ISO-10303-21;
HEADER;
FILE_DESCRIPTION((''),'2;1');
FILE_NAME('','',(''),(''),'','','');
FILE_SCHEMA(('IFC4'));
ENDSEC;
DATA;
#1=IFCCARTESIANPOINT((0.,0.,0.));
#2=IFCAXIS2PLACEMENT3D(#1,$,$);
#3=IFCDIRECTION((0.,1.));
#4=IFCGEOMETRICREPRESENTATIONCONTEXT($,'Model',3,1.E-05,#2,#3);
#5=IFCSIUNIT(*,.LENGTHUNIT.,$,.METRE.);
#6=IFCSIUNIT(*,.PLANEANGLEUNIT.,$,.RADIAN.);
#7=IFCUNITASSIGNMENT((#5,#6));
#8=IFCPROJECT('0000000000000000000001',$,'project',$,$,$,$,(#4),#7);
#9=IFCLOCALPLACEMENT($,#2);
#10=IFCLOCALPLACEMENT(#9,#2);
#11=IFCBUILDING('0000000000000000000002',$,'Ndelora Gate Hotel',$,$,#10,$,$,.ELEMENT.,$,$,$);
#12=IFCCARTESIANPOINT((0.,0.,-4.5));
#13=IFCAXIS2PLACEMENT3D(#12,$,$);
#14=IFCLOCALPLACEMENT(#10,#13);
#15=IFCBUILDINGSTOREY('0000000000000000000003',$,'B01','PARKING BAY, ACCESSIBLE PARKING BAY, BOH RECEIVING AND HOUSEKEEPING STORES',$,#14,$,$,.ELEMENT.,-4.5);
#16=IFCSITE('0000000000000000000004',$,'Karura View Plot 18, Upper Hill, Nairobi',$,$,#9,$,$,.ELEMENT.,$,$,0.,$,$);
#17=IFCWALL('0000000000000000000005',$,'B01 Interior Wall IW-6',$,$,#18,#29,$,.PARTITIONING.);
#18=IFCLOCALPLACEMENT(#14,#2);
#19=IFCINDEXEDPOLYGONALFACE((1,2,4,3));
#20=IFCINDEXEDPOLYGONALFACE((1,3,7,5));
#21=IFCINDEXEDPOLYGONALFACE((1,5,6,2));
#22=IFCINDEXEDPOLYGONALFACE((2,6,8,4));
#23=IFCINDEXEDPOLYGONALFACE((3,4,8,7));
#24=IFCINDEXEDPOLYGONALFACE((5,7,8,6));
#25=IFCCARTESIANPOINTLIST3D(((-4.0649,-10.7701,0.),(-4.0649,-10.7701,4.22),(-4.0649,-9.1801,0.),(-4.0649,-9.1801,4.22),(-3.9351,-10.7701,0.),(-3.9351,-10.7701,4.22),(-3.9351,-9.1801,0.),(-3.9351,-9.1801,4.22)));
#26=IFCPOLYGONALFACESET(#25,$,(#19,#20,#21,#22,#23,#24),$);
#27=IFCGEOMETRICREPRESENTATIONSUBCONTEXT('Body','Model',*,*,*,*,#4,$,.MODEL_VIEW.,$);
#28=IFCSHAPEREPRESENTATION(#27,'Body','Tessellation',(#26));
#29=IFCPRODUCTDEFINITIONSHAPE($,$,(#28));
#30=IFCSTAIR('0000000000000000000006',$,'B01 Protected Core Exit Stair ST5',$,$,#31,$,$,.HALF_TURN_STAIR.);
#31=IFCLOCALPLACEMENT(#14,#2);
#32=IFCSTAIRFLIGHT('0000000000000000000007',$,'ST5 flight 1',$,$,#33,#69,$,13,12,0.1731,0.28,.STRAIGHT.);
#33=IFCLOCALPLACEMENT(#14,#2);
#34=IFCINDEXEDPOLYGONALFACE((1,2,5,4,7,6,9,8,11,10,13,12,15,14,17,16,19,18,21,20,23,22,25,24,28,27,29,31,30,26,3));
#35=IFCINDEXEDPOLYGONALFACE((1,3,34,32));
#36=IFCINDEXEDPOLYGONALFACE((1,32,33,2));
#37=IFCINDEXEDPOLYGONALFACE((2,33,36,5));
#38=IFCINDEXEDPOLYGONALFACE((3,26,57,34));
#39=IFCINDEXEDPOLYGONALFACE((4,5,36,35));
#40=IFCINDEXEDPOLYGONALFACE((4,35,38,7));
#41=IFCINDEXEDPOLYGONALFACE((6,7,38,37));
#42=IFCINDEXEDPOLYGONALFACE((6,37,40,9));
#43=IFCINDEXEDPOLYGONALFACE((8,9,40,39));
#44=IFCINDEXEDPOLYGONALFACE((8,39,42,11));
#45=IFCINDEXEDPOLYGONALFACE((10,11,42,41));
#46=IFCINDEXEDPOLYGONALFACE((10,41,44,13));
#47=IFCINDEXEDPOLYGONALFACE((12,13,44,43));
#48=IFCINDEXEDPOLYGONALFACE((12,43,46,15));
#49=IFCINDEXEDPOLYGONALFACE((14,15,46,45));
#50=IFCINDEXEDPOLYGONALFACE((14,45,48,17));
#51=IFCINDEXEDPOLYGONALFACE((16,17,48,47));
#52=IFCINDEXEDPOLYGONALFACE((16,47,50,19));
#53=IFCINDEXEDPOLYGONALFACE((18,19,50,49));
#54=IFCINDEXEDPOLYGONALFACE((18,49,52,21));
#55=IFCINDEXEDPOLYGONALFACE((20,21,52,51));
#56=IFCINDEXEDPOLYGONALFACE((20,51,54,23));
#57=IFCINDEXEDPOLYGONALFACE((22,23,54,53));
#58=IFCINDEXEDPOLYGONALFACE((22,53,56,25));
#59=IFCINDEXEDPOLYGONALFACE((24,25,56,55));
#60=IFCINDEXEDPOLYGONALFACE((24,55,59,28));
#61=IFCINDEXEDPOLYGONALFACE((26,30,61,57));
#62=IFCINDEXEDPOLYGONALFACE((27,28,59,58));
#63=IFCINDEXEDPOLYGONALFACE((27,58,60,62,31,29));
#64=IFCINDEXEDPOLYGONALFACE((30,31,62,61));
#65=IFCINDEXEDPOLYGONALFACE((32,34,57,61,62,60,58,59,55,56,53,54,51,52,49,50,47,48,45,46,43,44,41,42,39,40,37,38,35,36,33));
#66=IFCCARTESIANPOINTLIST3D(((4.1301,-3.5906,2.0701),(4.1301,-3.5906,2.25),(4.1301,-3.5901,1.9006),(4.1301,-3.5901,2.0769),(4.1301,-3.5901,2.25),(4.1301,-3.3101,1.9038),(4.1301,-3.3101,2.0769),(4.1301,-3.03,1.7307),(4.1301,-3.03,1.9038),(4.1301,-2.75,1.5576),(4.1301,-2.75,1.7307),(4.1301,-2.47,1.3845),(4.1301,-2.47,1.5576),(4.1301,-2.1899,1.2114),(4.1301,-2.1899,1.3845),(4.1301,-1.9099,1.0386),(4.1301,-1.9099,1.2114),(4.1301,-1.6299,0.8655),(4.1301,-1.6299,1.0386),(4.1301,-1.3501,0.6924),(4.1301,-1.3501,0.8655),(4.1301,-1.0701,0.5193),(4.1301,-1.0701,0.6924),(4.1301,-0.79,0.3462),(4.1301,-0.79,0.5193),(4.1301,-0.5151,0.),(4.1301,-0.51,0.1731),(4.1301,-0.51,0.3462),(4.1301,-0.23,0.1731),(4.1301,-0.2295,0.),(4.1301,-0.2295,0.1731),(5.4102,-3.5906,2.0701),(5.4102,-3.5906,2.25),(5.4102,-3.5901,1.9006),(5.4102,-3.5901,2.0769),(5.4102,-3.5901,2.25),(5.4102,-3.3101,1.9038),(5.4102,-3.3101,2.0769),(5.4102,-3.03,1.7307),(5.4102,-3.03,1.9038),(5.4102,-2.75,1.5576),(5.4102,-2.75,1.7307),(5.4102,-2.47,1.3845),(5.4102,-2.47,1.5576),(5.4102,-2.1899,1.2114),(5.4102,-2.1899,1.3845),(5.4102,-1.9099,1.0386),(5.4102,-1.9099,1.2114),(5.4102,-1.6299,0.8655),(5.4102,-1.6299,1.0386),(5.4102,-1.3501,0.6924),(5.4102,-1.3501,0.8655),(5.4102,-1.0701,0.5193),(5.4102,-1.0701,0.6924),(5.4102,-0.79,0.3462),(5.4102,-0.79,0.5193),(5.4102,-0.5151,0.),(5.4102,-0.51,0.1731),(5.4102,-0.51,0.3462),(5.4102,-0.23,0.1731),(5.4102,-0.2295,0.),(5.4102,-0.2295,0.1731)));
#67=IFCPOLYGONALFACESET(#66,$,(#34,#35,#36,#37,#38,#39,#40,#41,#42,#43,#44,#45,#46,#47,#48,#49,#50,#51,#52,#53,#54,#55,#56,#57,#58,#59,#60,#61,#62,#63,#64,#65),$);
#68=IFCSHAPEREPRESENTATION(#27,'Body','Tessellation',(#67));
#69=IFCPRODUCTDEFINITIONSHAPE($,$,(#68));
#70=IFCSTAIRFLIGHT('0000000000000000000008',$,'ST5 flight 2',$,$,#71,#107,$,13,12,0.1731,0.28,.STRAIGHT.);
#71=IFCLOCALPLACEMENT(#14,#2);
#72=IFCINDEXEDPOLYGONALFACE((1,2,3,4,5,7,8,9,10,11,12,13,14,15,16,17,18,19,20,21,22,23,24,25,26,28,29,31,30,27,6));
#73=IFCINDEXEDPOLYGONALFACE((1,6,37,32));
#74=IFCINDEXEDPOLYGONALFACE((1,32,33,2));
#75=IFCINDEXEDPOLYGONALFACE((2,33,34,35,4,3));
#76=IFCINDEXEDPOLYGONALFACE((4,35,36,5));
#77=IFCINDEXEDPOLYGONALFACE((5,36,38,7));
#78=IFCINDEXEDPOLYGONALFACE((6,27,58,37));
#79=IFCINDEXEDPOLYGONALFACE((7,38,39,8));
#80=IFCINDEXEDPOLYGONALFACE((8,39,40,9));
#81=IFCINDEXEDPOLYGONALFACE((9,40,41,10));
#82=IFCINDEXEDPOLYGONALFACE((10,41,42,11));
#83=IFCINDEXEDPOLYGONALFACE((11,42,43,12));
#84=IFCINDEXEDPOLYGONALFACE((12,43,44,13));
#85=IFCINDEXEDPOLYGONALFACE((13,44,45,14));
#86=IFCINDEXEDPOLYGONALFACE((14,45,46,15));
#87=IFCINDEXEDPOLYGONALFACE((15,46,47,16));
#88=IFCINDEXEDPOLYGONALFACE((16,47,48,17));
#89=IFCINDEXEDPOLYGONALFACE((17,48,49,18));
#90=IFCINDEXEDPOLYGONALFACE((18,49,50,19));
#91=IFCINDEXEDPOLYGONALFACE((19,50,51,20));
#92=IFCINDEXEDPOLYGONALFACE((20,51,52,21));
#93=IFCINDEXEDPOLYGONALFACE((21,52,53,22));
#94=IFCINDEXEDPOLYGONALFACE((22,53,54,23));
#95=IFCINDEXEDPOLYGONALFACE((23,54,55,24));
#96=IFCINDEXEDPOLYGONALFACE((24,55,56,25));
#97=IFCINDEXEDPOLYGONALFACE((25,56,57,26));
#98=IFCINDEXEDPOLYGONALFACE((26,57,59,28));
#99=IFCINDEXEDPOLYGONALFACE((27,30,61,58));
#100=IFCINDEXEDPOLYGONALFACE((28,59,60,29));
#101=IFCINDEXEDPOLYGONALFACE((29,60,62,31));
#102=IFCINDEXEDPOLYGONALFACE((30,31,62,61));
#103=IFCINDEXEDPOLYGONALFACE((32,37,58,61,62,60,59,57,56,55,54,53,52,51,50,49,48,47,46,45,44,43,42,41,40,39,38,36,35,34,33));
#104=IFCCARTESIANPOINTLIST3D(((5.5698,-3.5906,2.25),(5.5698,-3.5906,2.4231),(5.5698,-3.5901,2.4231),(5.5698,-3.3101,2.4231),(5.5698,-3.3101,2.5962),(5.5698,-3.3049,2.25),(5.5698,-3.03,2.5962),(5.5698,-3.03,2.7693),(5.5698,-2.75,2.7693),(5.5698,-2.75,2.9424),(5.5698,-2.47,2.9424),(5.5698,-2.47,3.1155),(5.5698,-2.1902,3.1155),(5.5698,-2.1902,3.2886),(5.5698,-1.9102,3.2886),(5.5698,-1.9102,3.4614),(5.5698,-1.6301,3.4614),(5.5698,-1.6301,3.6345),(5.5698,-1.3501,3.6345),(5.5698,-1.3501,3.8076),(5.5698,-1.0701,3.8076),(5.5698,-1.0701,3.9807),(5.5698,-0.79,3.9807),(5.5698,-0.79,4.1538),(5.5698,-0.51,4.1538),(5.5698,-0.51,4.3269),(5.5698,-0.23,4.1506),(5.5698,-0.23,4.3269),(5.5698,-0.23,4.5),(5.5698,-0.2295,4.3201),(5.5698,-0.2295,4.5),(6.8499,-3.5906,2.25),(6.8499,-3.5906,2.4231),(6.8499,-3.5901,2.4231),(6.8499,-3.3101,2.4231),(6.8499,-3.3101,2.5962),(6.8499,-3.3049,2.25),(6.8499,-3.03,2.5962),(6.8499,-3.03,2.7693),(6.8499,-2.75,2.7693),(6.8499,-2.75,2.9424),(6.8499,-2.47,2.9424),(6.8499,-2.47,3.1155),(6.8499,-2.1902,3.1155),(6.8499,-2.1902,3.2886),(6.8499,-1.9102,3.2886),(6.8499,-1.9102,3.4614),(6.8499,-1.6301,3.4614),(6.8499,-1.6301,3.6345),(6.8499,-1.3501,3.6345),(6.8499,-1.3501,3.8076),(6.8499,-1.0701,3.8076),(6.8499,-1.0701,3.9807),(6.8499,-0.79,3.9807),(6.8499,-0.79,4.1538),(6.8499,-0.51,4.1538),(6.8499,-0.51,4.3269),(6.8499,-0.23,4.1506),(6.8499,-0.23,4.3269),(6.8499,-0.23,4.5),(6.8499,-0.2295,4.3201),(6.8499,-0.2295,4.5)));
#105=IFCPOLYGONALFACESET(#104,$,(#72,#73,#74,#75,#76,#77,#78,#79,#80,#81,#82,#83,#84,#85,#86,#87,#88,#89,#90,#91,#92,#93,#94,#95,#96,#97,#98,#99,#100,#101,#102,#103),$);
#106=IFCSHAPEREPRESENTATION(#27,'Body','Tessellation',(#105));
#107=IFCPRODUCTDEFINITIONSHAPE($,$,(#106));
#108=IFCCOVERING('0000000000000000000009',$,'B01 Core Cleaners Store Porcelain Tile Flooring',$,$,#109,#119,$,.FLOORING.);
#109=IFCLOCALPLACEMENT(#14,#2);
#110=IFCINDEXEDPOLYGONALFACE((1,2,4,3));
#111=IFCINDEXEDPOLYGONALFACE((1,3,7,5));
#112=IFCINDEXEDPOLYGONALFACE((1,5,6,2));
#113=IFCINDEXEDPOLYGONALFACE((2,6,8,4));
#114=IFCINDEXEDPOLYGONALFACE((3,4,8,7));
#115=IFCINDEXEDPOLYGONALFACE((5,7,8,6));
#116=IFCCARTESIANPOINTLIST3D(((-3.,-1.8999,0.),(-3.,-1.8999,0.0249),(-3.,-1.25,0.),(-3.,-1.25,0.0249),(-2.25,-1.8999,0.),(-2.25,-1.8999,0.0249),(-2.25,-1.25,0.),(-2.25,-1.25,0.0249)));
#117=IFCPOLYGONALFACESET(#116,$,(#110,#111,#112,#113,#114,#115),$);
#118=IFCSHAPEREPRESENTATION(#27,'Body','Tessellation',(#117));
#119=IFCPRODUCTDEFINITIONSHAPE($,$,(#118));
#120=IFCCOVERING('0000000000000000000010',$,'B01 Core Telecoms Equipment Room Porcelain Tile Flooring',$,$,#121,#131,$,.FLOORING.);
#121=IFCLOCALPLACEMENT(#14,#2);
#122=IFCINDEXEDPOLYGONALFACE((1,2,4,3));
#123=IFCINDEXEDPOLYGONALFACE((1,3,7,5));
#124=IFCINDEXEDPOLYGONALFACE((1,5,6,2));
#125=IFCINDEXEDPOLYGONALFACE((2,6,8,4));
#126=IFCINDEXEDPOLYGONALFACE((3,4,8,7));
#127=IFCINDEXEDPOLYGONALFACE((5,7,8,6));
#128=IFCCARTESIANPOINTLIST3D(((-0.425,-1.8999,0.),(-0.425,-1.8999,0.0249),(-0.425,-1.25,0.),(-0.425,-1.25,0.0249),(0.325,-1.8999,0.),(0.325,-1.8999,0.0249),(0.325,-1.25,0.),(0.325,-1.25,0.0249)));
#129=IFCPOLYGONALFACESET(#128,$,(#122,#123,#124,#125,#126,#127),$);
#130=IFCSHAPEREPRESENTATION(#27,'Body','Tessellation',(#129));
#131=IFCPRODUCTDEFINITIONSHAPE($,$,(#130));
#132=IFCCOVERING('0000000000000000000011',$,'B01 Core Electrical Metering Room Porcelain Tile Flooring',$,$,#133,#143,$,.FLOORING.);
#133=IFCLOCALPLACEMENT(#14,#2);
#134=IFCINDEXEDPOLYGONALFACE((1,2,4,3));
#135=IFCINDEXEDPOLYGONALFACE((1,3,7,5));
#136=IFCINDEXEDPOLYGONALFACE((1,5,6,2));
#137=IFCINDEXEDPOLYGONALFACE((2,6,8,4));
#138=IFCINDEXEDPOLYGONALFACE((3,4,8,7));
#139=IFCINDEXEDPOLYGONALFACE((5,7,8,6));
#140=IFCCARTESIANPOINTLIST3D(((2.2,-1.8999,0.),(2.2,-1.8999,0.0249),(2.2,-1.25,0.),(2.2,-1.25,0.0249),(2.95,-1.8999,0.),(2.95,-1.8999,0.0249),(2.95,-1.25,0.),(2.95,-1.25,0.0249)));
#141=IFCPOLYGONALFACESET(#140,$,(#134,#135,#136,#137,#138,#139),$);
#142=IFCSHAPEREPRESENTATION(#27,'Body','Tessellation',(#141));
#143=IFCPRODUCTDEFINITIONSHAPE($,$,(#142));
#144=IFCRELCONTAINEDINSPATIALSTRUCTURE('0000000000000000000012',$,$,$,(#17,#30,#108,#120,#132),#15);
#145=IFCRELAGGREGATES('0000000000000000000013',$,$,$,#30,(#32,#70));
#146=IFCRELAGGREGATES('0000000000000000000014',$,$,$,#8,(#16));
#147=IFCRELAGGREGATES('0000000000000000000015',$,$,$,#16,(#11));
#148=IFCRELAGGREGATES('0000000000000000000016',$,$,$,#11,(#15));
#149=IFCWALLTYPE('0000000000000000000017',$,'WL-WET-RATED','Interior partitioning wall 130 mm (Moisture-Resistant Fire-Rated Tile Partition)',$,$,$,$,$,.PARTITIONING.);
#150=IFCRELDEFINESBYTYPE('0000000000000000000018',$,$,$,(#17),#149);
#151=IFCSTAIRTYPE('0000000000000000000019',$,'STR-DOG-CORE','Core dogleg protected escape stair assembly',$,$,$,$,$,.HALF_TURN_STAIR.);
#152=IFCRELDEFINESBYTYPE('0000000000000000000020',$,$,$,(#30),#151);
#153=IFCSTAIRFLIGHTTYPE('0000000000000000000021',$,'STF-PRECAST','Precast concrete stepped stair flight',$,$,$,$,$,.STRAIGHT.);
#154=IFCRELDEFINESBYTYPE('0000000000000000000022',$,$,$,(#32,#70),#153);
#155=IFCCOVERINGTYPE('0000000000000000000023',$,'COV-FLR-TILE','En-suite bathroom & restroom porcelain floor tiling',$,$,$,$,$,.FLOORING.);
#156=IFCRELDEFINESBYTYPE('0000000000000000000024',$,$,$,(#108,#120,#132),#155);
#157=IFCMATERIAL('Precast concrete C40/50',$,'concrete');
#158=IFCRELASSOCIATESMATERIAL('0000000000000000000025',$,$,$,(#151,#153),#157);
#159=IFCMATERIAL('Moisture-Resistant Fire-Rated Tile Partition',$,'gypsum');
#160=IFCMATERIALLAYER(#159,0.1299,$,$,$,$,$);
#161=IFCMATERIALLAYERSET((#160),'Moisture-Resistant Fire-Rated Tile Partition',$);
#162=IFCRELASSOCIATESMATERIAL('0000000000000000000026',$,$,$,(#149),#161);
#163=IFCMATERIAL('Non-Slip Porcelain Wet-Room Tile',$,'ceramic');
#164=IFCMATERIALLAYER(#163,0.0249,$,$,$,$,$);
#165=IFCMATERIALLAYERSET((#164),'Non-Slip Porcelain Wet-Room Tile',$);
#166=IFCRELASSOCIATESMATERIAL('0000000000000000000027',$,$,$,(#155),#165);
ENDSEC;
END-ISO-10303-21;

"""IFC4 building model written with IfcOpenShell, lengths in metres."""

from ifc_helpers import new_model, si_unit, direction, frame, frame_2d, origin, origin_2d, place, context, subcontext, project, spatial, polyline, rectangle, outline, extrude, material, layer, layer_set, type_object, element, aggregate, save


model = new_model("IFC4")

# Units and contexts
model_context = context("Model", 3, precision=1e-05, world=origin(), true_north=direction((0.0, 1.0)))
body_context = subcontext(model_context, "Body", "Model", "MODEL_VIEW")
ifc_project = project(units=[si_unit("LENGTHUNIT", "METRE"), si_unit("PLANEANGLEUNIT", "RADIAN")], contexts=[model_context])

# Site, building, storey
site_placement = place(None, origin())
site = spatial("IfcSite", under=ifc_project, at=site_placement, Name="Karura View Plot 18, Upper Hill, Nairobi", CompositionType="ELEMENT", RefElevation=0.0)
building_placement = place(site_placement, origin())
building = spatial("IfcBuilding", under=site, at=building_placement, Name="Ndelora Gate Hotel", CompositionType="ELEMENT")
storey_placement = place(building_placement, frame((0.0, 0.0, -4.5)))
storey = spatial("IfcBuildingStorey", under=building, at=storey_placement, Name="B01", Description="PARKING BAY, ACCESSIBLE PARKING BAY, BOH RECEIVING AND HOUSEKEEPING STORES", CompositionType="ELEMENT", Elevation=-4.5)

# Shared definitions
ifc_material_1 = material(Name="Precast concrete C40/50", Category="concrete")
stair_type = type_object("IfcStairType", Name="STR-DOG-CORE", Description="Core dogleg protected escape stair assembly", PredefinedType="HALF_TURN_STAIR", material=ifc_material_1)

# Wall
ifc_material_2 = material(Name="Moisture-Resistant Fire-Rated Tile Partition", Category="gypsum")
ifc_layer_1 = layer(ifc_material_2, 0.1299)
ifc_layer_set_1 = layer_set([ifc_layer_1], Name="Moisture-Resistant Fire-Rated Tile Partition")
wall_type_1 = type_object("IfcWallType", Name="WL-WET-RATED", Description="Interior partitioning wall 130 mm (Moisture-Resistant Fire-Rated Tile Partition)", PredefinedType="PARTITIONING", material=ifc_layer_set_1)
wall_1_placement = place(storey_placement, frame((-4.0, -10.77, 0.0), z_axis=(0.0, 0.0, 1.0), x_axis=(0.0, 1.0, 0.0)))
element("IfcWall", 1, at=wall_1_placement, inside=storey, type_object=wall_type_1, Name="B01 Interior Wall IW-6", PredefinedType="PARTITIONING", context=body_context, shape_type="SweptSolid", body=[
    extrude(rectangle(XDim=1.5901, YDim=0.1299, at=frame_2d((0.7949, 0.0))), origin(), (0.0, 0.0, 1.0), 4.22),
])

# Stair, stair flights
stair_1_placement = place(storey_placement, origin())
stair_1 = element("IfcStair", 2, at=stair_1_placement, inside=storey, type_object=stair_type, Name="B01 Protected Core Exit Stair ST5", PredefinedType="HALF_TURN_STAIR")
stair_flight_type = type_object("IfcStairFlightType", Name="STF-PRECAST", Description="Precast concrete stepped stair flight", PredefinedType="STRAIGHT", material=ifc_material_1)
stair_flight_1_placement = place(storey_placement, frame((4.77, -0.23, 0.0), z_axis=(0.0, 0.0, 1.0), x_axis=(0.0, -1.0, 0.0)))
stair_flight_1 = element("IfcStairFlight", 3, at=stair_flight_1_placement, type_object=stair_flight_type, Name="ST5 flight 1", NumberOfRisers=13, NumberOfTreads=12, PredefinedType="STRAIGHT", RiserHeight=0.1731, TreadLength=0.28, context=body_context, shape_type="SweptSolid", body=[
    extrude(outline(polyline([(-0.0005, 0.0), (-0.0005, 0.1731), (0.0, 0.1731), (0.28, 0.1731), (0.28, 0.3462), (0.5601, 0.3462), (0.5601, 0.5193), (0.8401, 0.5193), (0.8401, 0.6924), (1.1201, 0.6924), (1.1201, 0.8655), (1.3999, 0.8655), (1.3999, 1.0386), (1.6799, 1.0386), (1.6799, 1.2114), (1.96, 1.2114), (1.96, 1.3845), (2.24, 1.3845), (2.24, 1.5576), (2.52, 1.5576), (2.52, 1.7307), (2.8, 1.7307), (2.8, 1.9038), (3.0801, 1.9038), (3.0801, 2.0769), (3.3601, 2.0769), (3.3601, 2.25), (3.3606, 2.25), (3.3606, 2.0701), (3.3601, 1.9006), (0.2852, 0.0), (-0.0005, 0.0)])), frame((0.0, 0.6401, 0.0), z_axis=(0.0, -1.0, 0.0), x_axis=(1.0, 0.0, 0.0)), (0.0, 0.0, 1.0), 1.28),
])
stair_flight_2_placement = place(storey_placement, frame((6.21, -3.5901, 2.25), z_axis=(0.0, 0.0, 1.0), x_axis=(0.0, 1.0, 0.0)))
stair_flight_2 = element("IfcStairFlight", 4, at=stair_flight_2_placement, type_object=stair_flight_type, Name="ST5 flight 2", NumberOfRisers=13, NumberOfTreads=12, PredefinedType="STRAIGHT", RiserHeight=0.1731, TreadLength=0.28, context=body_context, shape_type="SweptSolid", body=[
    extrude(outline(polyline([(-0.0005, 0.0), (-0.0005, 0.1731), (0.0, 0.1731), (0.28, 0.1731), (0.28, 0.3462), (0.5601, 0.3462), (0.5601, 0.5193), (0.8401, 0.5193), (0.8401, 0.6924), (1.1201, 0.6924), (1.1201, 0.8655), (1.3999, 0.8655), (1.3999, 1.0386), (1.6799, 1.0386), (1.6799, 1.2114), (1.96, 1.2114), (1.96, 1.3845), (2.24, 1.3845), (2.24, 1.5576), (2.52, 1.5576), (2.52, 1.7307), (2.8, 1.7307), (2.8, 1.9038), (3.0801, 1.9038), (3.0801, 2.0769), (3.3601, 2.0769), (3.3601, 2.25), (3.3606, 2.25), (3.3606, 2.0701), (3.3601, 1.9006), (0.2852, 0.0), (-0.0005, 0.0)])), frame((0.0, 0.6401, 0.0), z_axis=(0.0, -1.0, 0.0), x_axis=(1.0, 0.0, 0.0)), (0.0, 0.0, 1.0), 1.28),
])
aggregate(stair_1, [stair_flight_1, stair_flight_2])

# Coverings
ifc_material_3 = material(Name="Non-Slip Porcelain Wet-Room Tile", Category="ceramic")
ifc_layer_2 = layer(ifc_material_3, 0.0249)
ifc_layer_set_2 = layer_set([ifc_layer_2], Name="Non-Slip Porcelain Wet-Room Tile")
covering_type = type_object("IfcCoveringType", Name="COV-FLR-TILE", Description="En-suite bathroom & restroom porcelain floor tiling", PredefinedType="FLOORING", material=ifc_layer_set_2)
for number, where, z_axis, x_axis, name in (
    (5, (-2.625, -1.575, 0.0), (0.0, 0.0, 1.0), (1.0, 0.0, 0.0), "B01 Core Cleaners Store Porcelain Tile Flooring"),
    (6, (-0.05, -1.575, 0.0), (0.0, 0.0, 1.0), (1.0, 0.0, 0.0), "B01 Core Telecoms Equipment Room Porcelain Tile Flooring"),
    (7, (2.575, -1.575, 0.0), (0.0, 0.0, 1.0), (1.0, 0.0, 0.0), "B01 Core Electrical Metering Room Porcelain Tile Flooring"),
):
    element("IfcCovering", number, at=place(storey_placement, frame(where, z_axis=z_axis, x_axis=x_axis)), inside=storey, type_object=covering_type, Name=name, PredefinedType="FLOORING", context=body_context, shape_type="SweptSolid", body=[
        extrude(rectangle(XDim=0.75, YDim=0.6499, at=origin_2d()), origin(), (0.0, 0.0, 1.0), 0.0249),
    ])

save(model, "model.ifc")
